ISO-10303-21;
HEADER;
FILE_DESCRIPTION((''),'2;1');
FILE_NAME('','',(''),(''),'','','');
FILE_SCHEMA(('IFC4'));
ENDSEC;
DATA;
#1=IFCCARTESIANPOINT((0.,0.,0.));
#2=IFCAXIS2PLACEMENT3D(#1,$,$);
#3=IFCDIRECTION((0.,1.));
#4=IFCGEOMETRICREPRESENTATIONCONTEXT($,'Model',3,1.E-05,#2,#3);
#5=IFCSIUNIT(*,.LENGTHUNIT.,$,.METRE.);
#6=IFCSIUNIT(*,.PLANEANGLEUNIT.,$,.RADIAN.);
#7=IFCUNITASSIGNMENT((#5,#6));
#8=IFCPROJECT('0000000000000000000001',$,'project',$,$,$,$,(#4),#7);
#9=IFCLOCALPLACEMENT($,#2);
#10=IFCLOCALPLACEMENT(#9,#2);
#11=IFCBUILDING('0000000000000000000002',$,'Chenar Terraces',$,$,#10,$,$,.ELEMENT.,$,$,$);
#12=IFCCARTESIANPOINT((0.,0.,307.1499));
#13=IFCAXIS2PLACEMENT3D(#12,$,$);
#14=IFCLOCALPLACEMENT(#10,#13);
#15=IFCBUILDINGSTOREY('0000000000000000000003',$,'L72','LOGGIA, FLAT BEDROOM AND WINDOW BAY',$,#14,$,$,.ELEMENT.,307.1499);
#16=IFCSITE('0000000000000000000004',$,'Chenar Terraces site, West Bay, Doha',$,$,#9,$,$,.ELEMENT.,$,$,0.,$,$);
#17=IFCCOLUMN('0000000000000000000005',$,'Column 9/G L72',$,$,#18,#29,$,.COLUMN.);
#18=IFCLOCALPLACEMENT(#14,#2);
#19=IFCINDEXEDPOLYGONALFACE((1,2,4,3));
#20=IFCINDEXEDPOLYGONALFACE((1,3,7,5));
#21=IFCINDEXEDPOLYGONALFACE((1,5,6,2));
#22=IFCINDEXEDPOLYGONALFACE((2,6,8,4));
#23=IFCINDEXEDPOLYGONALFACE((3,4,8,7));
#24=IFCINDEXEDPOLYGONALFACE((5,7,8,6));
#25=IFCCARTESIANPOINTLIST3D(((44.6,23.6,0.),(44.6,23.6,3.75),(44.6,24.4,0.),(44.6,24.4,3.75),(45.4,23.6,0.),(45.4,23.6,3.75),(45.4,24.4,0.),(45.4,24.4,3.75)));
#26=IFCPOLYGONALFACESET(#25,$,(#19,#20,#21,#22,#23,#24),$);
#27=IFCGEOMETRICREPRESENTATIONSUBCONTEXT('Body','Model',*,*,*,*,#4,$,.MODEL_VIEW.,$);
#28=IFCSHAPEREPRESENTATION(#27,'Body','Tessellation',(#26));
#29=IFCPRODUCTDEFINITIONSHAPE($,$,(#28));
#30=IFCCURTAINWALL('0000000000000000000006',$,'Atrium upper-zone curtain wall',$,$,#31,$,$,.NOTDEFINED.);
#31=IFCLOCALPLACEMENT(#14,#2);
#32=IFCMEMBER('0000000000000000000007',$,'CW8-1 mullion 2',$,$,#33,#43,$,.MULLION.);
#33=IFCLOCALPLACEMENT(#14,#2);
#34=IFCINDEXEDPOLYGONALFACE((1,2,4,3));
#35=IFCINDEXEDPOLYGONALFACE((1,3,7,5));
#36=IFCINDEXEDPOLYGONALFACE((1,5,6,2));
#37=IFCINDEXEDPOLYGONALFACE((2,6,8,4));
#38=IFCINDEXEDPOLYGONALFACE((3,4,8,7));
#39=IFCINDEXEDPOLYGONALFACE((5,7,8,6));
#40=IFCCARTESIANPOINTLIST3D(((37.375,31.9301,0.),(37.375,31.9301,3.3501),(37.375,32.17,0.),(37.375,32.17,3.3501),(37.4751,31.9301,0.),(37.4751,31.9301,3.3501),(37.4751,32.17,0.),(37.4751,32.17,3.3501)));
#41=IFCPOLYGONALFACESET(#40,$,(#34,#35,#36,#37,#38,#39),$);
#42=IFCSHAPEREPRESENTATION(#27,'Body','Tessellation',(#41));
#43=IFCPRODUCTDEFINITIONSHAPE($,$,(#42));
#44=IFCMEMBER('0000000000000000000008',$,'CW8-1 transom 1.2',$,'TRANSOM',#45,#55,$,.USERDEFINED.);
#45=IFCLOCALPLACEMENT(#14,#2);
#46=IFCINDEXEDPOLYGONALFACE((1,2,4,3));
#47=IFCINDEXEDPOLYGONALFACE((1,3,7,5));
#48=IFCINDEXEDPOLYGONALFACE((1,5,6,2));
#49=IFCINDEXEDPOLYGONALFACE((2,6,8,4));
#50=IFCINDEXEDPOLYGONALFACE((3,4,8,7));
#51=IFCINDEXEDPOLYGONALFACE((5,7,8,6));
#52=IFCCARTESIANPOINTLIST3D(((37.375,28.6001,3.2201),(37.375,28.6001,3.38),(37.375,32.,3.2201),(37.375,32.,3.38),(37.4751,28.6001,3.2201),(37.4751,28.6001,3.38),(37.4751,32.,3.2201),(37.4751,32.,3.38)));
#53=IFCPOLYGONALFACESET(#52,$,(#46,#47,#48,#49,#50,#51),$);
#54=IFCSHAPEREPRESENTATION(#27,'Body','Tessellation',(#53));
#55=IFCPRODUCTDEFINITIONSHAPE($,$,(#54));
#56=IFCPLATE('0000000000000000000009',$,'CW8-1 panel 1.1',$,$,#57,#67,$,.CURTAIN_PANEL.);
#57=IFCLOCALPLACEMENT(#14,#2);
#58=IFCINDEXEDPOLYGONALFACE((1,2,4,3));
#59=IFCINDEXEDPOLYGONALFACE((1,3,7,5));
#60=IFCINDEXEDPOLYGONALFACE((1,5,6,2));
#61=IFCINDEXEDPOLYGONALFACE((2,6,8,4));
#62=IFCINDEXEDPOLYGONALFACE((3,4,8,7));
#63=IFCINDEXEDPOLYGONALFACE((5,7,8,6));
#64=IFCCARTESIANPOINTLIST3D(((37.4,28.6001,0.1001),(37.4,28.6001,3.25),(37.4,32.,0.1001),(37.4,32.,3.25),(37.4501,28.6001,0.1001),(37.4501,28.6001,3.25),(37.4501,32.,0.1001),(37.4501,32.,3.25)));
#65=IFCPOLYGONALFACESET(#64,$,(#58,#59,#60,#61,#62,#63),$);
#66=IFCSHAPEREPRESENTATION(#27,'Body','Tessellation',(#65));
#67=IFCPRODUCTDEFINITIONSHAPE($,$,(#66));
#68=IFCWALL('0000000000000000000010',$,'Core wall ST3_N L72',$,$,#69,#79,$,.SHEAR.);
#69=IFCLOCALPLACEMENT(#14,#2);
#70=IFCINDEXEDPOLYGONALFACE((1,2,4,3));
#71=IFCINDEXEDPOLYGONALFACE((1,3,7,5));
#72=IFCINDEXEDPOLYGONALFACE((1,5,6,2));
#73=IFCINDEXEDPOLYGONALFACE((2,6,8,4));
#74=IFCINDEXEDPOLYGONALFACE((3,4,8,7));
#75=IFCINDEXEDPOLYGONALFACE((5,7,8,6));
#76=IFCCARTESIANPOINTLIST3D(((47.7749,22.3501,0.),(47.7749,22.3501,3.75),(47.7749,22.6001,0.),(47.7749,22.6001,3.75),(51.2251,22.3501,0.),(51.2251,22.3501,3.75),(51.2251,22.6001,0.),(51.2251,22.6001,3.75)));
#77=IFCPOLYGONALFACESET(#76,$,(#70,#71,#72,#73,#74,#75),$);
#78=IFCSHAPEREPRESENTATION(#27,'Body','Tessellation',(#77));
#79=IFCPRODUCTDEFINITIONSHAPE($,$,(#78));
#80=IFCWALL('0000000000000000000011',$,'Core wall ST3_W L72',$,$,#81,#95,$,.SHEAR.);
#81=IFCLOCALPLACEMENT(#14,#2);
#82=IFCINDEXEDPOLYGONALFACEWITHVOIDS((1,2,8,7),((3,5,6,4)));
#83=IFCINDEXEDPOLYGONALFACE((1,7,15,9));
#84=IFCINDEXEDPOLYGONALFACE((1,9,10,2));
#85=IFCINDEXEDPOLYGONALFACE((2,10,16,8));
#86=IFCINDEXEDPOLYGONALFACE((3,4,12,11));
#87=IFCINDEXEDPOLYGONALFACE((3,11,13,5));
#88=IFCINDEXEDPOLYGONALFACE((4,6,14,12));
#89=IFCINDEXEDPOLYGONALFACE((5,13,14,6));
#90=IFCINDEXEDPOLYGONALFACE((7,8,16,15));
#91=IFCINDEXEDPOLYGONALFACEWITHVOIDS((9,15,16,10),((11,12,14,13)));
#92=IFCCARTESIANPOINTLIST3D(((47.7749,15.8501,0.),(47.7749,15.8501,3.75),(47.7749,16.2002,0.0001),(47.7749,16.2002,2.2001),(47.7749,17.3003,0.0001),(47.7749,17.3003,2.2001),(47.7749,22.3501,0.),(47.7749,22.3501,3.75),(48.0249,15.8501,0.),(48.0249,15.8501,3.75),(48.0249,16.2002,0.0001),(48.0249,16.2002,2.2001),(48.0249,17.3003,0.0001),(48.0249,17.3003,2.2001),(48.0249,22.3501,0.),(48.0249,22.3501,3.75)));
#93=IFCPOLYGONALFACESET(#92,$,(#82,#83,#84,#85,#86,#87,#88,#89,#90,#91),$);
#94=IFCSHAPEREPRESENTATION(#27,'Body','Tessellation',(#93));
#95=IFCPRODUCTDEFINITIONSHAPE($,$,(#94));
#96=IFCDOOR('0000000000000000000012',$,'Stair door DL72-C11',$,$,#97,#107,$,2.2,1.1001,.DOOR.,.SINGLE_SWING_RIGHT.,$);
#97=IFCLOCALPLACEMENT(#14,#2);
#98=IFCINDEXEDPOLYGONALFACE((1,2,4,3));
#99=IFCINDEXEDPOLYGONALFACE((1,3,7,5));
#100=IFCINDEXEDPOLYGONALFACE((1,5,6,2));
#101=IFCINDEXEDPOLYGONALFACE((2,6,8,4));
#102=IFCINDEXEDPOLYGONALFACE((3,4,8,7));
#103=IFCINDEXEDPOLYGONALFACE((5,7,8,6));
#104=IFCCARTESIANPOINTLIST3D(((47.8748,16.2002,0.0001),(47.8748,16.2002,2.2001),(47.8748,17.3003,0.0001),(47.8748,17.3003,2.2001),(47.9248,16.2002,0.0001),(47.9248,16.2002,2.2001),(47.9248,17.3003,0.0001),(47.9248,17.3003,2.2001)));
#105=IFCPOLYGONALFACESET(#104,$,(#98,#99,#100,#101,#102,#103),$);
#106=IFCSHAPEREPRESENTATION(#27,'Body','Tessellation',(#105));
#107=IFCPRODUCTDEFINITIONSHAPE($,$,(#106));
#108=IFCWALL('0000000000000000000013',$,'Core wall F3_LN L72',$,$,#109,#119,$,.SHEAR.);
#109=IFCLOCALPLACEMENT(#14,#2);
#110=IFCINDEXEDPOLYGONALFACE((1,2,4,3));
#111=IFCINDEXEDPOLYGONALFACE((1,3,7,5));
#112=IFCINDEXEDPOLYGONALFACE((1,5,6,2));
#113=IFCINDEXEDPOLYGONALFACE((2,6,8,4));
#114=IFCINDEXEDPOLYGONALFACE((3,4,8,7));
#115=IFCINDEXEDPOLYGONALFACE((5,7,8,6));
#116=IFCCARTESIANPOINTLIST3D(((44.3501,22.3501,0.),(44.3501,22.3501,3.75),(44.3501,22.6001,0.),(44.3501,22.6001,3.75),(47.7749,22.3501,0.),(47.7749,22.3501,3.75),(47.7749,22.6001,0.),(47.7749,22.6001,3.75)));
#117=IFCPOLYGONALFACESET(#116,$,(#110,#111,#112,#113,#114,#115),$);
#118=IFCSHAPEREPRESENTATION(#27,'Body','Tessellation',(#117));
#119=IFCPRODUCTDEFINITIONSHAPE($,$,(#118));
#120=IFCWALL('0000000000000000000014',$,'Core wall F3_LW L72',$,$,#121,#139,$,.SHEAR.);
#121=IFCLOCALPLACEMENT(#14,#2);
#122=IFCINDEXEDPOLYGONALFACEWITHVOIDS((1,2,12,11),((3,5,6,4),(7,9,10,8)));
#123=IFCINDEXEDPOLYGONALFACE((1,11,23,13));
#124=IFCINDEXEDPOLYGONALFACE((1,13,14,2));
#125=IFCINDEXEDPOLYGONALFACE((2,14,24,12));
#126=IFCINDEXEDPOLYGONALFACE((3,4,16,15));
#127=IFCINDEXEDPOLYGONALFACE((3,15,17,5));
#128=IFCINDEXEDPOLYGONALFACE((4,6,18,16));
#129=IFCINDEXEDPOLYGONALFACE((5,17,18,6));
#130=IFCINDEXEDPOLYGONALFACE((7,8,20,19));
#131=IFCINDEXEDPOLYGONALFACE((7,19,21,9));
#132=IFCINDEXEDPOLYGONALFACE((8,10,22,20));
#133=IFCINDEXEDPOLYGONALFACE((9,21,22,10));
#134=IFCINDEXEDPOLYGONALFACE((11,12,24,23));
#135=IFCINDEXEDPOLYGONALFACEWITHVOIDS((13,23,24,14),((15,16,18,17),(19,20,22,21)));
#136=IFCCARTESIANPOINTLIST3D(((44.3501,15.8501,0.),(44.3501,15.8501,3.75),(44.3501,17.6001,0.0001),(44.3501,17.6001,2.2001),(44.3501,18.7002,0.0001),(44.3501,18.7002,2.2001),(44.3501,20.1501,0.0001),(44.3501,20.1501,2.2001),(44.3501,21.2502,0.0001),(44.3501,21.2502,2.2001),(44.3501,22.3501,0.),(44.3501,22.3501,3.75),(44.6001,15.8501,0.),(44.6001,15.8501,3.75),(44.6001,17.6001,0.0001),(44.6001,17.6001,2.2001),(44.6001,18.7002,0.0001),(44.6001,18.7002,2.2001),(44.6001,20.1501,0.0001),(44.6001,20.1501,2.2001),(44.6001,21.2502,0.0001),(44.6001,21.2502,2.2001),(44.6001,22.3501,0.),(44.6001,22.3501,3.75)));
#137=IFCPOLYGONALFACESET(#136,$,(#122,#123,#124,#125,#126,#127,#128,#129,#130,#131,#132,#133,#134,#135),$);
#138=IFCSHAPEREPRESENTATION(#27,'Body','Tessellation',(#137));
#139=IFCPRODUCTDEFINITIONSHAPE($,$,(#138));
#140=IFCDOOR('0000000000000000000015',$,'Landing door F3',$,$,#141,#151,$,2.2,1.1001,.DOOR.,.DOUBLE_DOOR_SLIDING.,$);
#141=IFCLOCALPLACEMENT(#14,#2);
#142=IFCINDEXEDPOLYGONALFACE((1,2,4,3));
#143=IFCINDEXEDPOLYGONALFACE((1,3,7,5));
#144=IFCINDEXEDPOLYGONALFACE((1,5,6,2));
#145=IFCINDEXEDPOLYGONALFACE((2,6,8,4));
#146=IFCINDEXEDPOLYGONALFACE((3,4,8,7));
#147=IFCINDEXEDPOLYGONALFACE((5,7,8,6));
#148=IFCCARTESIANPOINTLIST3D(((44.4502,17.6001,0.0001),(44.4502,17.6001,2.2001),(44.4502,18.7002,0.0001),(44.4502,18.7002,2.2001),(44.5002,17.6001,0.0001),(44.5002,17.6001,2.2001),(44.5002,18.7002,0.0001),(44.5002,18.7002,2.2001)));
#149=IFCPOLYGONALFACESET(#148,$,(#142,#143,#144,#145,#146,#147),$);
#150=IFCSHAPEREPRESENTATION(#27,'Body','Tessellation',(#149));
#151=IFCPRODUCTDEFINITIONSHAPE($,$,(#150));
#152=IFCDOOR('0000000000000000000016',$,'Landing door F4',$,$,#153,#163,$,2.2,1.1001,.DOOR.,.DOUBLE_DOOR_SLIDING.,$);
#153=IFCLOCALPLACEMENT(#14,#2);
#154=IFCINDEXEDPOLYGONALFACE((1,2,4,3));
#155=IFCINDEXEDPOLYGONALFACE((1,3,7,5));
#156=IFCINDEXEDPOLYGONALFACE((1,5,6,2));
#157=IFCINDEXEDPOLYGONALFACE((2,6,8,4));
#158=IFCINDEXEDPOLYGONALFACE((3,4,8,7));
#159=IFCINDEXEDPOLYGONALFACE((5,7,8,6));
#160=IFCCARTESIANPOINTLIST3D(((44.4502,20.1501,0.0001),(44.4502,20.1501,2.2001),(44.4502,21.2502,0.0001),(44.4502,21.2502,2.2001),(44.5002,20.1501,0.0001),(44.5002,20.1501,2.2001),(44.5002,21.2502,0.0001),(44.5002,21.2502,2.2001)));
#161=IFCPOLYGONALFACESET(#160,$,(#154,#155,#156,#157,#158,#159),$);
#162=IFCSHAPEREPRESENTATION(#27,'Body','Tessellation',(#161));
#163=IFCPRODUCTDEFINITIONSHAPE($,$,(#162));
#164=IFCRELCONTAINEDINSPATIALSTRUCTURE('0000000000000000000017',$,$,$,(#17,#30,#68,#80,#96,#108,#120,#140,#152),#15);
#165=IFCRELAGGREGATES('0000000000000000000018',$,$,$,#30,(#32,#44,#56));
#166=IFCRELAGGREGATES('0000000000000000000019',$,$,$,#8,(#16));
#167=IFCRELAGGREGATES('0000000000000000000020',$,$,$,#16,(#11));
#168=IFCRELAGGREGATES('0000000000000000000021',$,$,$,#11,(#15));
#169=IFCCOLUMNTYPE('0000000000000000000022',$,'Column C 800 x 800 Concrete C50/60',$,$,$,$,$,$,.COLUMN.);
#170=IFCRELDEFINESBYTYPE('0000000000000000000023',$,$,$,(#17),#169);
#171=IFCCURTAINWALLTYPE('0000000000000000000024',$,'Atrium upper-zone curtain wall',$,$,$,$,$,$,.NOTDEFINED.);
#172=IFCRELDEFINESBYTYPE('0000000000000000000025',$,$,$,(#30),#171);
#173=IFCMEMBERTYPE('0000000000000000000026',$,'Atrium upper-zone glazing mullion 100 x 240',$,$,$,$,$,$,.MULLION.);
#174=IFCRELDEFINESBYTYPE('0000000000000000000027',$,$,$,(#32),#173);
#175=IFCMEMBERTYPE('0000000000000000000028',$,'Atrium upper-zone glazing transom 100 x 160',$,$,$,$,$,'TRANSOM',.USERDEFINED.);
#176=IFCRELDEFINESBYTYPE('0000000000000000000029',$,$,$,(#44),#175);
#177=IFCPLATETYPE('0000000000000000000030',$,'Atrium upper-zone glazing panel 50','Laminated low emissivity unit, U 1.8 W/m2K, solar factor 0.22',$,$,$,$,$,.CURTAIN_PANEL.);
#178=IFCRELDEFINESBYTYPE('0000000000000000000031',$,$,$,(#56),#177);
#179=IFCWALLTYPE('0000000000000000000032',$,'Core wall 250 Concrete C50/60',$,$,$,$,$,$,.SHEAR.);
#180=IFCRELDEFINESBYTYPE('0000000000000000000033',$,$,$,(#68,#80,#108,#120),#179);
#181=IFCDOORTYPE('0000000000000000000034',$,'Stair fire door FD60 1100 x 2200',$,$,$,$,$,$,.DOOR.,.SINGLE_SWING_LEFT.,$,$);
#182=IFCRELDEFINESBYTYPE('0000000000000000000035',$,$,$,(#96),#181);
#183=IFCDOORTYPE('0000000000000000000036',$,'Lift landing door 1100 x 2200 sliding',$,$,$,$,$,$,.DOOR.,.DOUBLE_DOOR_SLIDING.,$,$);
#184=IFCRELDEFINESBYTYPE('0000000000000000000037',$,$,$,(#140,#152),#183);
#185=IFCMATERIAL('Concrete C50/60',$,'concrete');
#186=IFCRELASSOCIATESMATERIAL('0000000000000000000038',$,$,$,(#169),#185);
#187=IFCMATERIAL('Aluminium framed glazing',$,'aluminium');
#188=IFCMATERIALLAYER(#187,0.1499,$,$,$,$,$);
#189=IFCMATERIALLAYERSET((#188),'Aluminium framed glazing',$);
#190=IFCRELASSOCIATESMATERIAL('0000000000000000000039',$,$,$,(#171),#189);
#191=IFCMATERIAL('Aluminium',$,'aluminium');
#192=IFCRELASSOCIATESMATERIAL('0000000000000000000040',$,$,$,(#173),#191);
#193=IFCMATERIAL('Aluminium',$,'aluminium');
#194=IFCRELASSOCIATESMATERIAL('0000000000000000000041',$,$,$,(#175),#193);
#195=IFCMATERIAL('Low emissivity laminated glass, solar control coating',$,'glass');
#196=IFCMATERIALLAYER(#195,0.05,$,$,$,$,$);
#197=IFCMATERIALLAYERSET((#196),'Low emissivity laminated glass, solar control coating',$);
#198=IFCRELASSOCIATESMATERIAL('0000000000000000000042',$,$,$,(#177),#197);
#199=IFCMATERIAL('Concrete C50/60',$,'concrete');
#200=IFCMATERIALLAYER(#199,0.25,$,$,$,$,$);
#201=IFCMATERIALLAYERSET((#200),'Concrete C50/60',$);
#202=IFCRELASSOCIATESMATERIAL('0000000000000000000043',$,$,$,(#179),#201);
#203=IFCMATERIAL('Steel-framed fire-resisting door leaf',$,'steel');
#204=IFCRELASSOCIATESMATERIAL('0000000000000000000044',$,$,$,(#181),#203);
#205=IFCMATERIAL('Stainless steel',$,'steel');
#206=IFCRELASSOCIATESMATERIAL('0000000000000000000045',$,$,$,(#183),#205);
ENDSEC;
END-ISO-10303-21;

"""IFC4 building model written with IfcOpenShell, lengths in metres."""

from ifc_helpers import new_model, si_unit, direction, frame, frame_2d, origin, origin_2d, place, context, subcontext, project, spatial, rectangle, extrude, material, layer, layer_set, material_profile, profile_set, type_object, element, fill, aggregate, save


model = new_model("IFC4")

# Units and contexts
model_context = context("Model", 3, precision=1e-05, world=origin(), true_north=direction((0.0, 1.0)))
body_context = subcontext(model_context, "Body", "Model", "MODEL_VIEW")
ifc_project = project(units=[si_unit("LENGTHUNIT", "METRE"), si_unit("PLANEANGLEUNIT", "RADIAN")], contexts=[model_context])

# Site, building, storey
site_placement = place(None, origin())
site = spatial("IfcSite", under=ifc_project, at=site_placement, Name="Chenar Terraces site, West Bay, Doha", CompositionType="ELEMENT", RefElevation=0.0)
building_placement = place(site_placement, origin())
building = spatial("IfcBuilding", under=site, at=building_placement, Name="Chenar Terraces", CompositionType="ELEMENT")
storey_placement = place(building_placement, frame((0.0, 0.0, 307.1499)))
storey = spatial("IfcBuildingStorey", under=building, at=storey_placement, Name="L72", Description="LOGGIA, FLAT BEDROOM AND WINDOW BAY", CompositionType="ELEMENT", Elevation=307.1499)

# Column
ifc_material_1 = material(Name="Concrete C50/60", Category="concrete")
ifc_material_profile_1 = material_profile(ifc_material_1, rectangle(XDim=0.8, YDim=0.8, at=origin_2d()), Name="C 800 x 800")
ifc_profile_set_1 = profile_set([ifc_material_profile_1], Name="Concrete C50/60")
column_type = type_object("IfcColumnType", Name="Column C 800 x 800 Concrete C50/60", PredefinedType="COLUMN", material=ifc_profile_set_1)
column_placement = place(storey_placement, frame((45.0, 24.0, 0.0), z_axis=(0.0, 0.0, 1.0), x_axis=(1.0, 0.0, 0.0)))
element("IfcColumn", 1, at=column_placement, inside=storey, type_object=column_type, Name="Column 9/G L72", PredefinedType="COLUMN", context=body_context, shape_type="SweptSolid", body=[
    extrude(rectangle(XDim=0.8, YDim=0.8, at=origin_2d()), origin(), (0.0, 0.0, 1.0), 3.75),
])

# Curtain wall, members, plate
ifc_material_2 = material(Name="Aluminium framed glazing", Category="aluminium")
ifc_layer_1 = layer(ifc_material_2, 0.1499)
ifc_layer_set_1 = layer_set([ifc_layer_1], Name="Aluminium framed glazing")
curtain_wall_type = type_object("IfcCurtainWallType", Name="Atrium upper-zone curtain wall", PredefinedType="NOTDEFINED", material=ifc_layer_set_1)
curtain_wall_placement = place(storey_placement, origin())
curtain_wall = element("IfcCurtainWall", 2, at=curtain_wall_placement, inside=storey, type_object=curtain_wall_type, Name="Atrium upper-zone curtain wall", PredefinedType="NOTDEFINED")
ifc_material_3 = material(Name="Aluminium", Category="aluminium")
ifc_material_profile_2 = material_profile(ifc_material_3, rectangle(XDim=0.1001, YDim=0.24, at=origin_2d()), Name="Atrium upper-zone glazing mullion 100 x 240")
ifc_profile_set_2 = profile_set([ifc_material_profile_2], Name="Aluminium")
member_type_1 = type_object("IfcMemberType", Name="Atrium upper-zone glazing mullion 100 x 240", PredefinedType="MULLION", material=ifc_profile_set_2)
member_1_placement = place(storey_placement, frame((37.425, 32.05, 0.0), z_axis=(0.0, 0.0, 1.0), x_axis=(-1.0, 0.0, 0.0)))
member_1 = element("IfcMember", 3, at=member_1_placement, type_object=member_type_1, Name="CW8-1 mullion 2", PredefinedType="MULLION", context=body_context, shape_type="SweptSolid", body=[
    extrude(rectangle(XDim=0.1001, YDim=0.24, at=origin_2d()), origin(), (0.0, 0.0, 1.0), 3.3501),
])
ifc_material_4 = material(Name="Aluminium", Category="aluminium")
ifc_material_profile_3 = material_profile(ifc_material_4, rectangle(XDim=0.1001, YDim=0.1599, at=origin_2d()), Name="Atrium upper-zone glazing transom 100 x 160")
ifc_profile_set_3 = profile_set([ifc_material_profile_3], Name="Aluminium")
member_type_2 = type_object("IfcMemberType", Name="Atrium upper-zone glazing transom 100 x 160", ElementType="TRANSOM", PredefinedType="USERDEFINED", material=ifc_profile_set_3)
member_2_placement = place(storey_placement, frame((37.425, 28.6001, 3.3), z_axis=(0.0, 1.0, 0.0), x_axis=(-1.0, 0.0, 0.0)))
member_2 = element("IfcMember", 4, at=member_2_placement, type_object=member_type_2, Name="CW8-1 transom 1.2", ObjectType="TRANSOM", PredefinedType="USERDEFINED", context=body_context, shape_type="SweptSolid", body=[
    extrude(rectangle(XDim=0.1001, YDim=0.1599, at=origin_2d()), origin(), (0.0, 0.0, 1.0), 3.3999),
])
ifc_material_5 = material(Name="Low emissivity laminated glass, solar control coating", Category="glass")
ifc_layer_2 = layer(ifc_material_5, 0.05)
ifc_layer_set_2 = layer_set([ifc_layer_2], Name="Low emissivity laminated glass, solar control coating")
plate_type = type_object("IfcPlateType", Name="Atrium upper-zone glazing panel 50", Description="Laminated low emissivity unit, U 1.8 W/m2K, solar factor 0.22", PredefinedType="CURTAIN_PANEL", material=ifc_layer_set_2)
plate_placement = place(storey_placement, frame((37.425, 30.3, 0.1001), z_axis=(0.0, 0.0, 1.0), x_axis=(0.0, 1.0, 0.0)))
plate = element("IfcPlate", 5, at=plate_placement, type_object=plate_type, Name="CW8-1 panel 1.1", PredefinedType="CURTAIN_PANEL", context=body_context, shape_type="SweptSolid", body=[
    extrude(rectangle(XDim=3.3999, YDim=0.05, at=origin_2d()), origin(), (0.0, 0.0, 1.0), 3.1499),
])
aggregate(curtain_wall, [member_1, member_2, plate])

# Wall
ifc_material_6 = material(Name="Concrete C50/60", Category="concrete")
ifc_layer_3 = layer(ifc_material_6, 0.25)
ifc_layer_set_3 = layer_set([ifc_layer_3], Name="Concrete C50/60")
wall_type_1 = type_object("IfcWallType", Name="Core wall 250 Concrete C50/60", PredefinedType="SHEAR", material=ifc_layer_set_3)
wall_1_placement = place(storey_placement, frame((47.7749, 22.4751, 0.0), z_axis=(0.0, 0.0, 1.0), x_axis=(1.0, 0.0, 0.0)))
element("IfcWall", 6, at=wall_1_placement, inside=storey, type_object=wall_type_1, Name="Core wall ST3_N L72", PredefinedType="SHEAR", context=body_context, shape_type="SweptSolid", body=[
    extrude(rectangle(XDim=3.4502, YDim=0.25, at=frame_2d((1.7251, 0.0))), origin(), (0.0, 0.0, 1.0), 3.75),
])

# Wall, opening, door
wall_2_placement = place(storey_placement, frame((47.8999, 15.8501, 0.0), z_axis=(0.0, 0.0, 1.0), x_axis=(0.0, 1.0, 0.0)))
wall_2 = element("IfcWall", 7, at=wall_2_placement, inside=storey, type_object=wall_type_1, Name="Core wall ST3_W L72", PredefinedType="SHEAR", context=body_context, shape_type="SweptSolid", body=[
    extrude(rectangle(XDim=6.5, YDim=0.25, at=frame_2d((3.25, 0.0))), origin(), (0.0, 0.0, 1.0), 3.75),
])
opening_1_placement = place(wall_2_placement, frame((0.3501, 0.0, 0.0)))
opening_1 = element("IfcOpeningElement", 8, at=opening_1_placement, cuts=wall_2, PredefinedType="OPENING", context=body_context, shape_type="SweptSolid", body=[
    extrude(rectangle(XDim=1.1001, YDim=2.2, at=frame_2d((0.55, 1.1001))), frame((0.0, 0.135, 0.0), z_axis=(0.0, -1.0, 0.0), x_axis=(1.0, 0.0, 0.0)), (0.0, 0.0, 1.0), 0.27),
])
ifc_material_7 = material(Name="Steel-framed fire-resisting door leaf", Category="steel")
door_type_1 = type_object("IfcDoorType", Name="Stair fire door FD60 1100 x 2200", OperationType="SINGLE_SWING_LEFT", PredefinedType="DOOR", material=ifc_material_7)
door_1_placement = place(opening_1_placement, frame((1.1001, 0.0, 0.0), z_axis=(0.0, 0.0, 1.0), x_axis=(-1.0, 0.0, 0.0)))
door_1 = element("IfcDoor", 9, at=door_1_placement, inside=storey, type_object=door_type_1, Name="Stair door DL72-C11", OperationType="SINGLE_SWING_RIGHT", OverallHeight=2.2, OverallWidth=1.1001, PredefinedType="DOOR", context=body_context, shape_type="SweptSolid", body=[
    extrude(rectangle(XDim=1.1001, YDim=2.2, at=frame_2d((0.55, 1.1001))), frame((0.0, 0.0249, 0.0), z_axis=(0.0, -1.0, 0.0), x_axis=(1.0, 0.0, 0.0)), (0.0, 0.0, 1.0), 0.05),
])
fill(opening_1, door_1)

# Wall
wall_3_placement = place(storey_placement, frame((44.3501, 22.4751, 0.0), z_axis=(0.0, 0.0, 1.0), x_axis=(1.0, 0.0, 0.0)))
element("IfcWall", 10, at=wall_3_placement, inside=storey, type_object=wall_type_1, Name="Core wall F3_LN L72", PredefinedType="SHEAR", context=body_context, shape_type="SweptSolid", body=[
    extrude(rectangle(XDim=3.4248, YDim=0.25, at=frame_2d((1.7124, 0.0))), origin(), (0.0, 0.0, 1.0), 3.75),
])

# Wall, openings, doors
wall_4_placement = place(storey_placement, frame((44.4751, 15.8501, 0.0), z_axis=(0.0, 0.0, 1.0), x_axis=(0.0, 1.0, 0.0)))
wall_4 = element("IfcWall", 11, at=wall_4_placement, inside=storey, type_object=wall_type_1, Name="Core wall F3_LW L72", PredefinedType="SHEAR", context=body_context, shape_type="SweptSolid", body=[
    extrude(rectangle(XDim=6.5, YDim=0.25, at=frame_2d((3.25, 0.0))), origin(), (0.0, 0.0, 1.0), 3.75),
])
opening_2_placement = place(wall_4_placement, frame((1.75, 0.0, 0.0)))
opening_2 = element("IfcOpeningElement", 12, at=opening_2_placement, cuts=wall_4, PredefinedType="OPENING", context=body_context, shape_type="SweptSolid", body=[
    extrude(rectangle(XDim=1.1001, YDim=2.2, at=frame_2d((0.55, 1.1001))), frame((0.0, 0.135, 0.0), z_axis=(0.0, -1.0, 0.0), x_axis=(1.0, 0.0, 0.0)), (0.0, 0.0, 1.0), 0.27),
])
opening_3_placement = place(wall_4_placement, frame((4.3, 0.0, 0.0)))
opening_3 = element("IfcOpeningElement", 13, at=opening_3_placement, cuts=wall_4, PredefinedType="OPENING", context=body_context, shape_type="SweptSolid", body=[
    extrude(rectangle(XDim=1.1001, YDim=2.2, at=frame_2d((0.55, 1.1001))), frame((0.0, 0.135, 0.0), z_axis=(0.0, -1.0, 0.0), x_axis=(1.0, 0.0, 0.0)), (0.0, 0.0, 1.0), 0.27),
])
ifc_material_8 = material(Name="Stainless steel", Category="steel")
door_type_2 = type_object("IfcDoorType", Name="Lift landing door 1100 x 2200 sliding", OperationType="DOUBLE_DOOR_SLIDING", PredefinedType="DOOR", material=ifc_material_8)
door_2_placement = place(opening_2_placement, origin())
door_2 = element("IfcDoor", 14, at=door_2_placement, inside=storey, type_object=door_type_2, Name="Landing door F3", OperationType="DOUBLE_DOOR_SLIDING", OverallHeight=2.2, OverallWidth=1.1001, PredefinedType="DOOR", context=body_context, shape_type="SweptSolid", body=[
    extrude(rectangle(XDim=1.1001, YDim=2.2, at=frame_2d((0.55, 1.1001))), frame((0.0, 0.0249, 0.0), z_axis=(0.0, -1.0, 0.0), x_axis=(1.0, 0.0, 0.0)), (0.0, 0.0, 1.0), 0.05),
])
fill(opening_2, door_2)
door_3_placement = place(opening_3_placement, origin())
door_3 = element("IfcDoor", 15, at=door_3_placement, inside=storey, type_object=door_type_2, Name="Landing door F4", OperationType="DOUBLE_DOOR_SLIDING", OverallHeight=2.2, OverallWidth=1.1001, PredefinedType="DOOR", context=body_context, shape_type="SweptSolid", body=[
    extrude(rectangle(XDim=1.1001, YDim=2.2, at=frame_2d((0.55, 1.1001))), frame((0.0, 0.0249, 0.0), z_axis=(0.0, -1.0, 0.0), x_axis=(1.0, 0.0, 0.0)), (0.0, 0.0, 1.0), 0.05),
])
fill(opening_3, door_3)

save(model, "model.ifc")
